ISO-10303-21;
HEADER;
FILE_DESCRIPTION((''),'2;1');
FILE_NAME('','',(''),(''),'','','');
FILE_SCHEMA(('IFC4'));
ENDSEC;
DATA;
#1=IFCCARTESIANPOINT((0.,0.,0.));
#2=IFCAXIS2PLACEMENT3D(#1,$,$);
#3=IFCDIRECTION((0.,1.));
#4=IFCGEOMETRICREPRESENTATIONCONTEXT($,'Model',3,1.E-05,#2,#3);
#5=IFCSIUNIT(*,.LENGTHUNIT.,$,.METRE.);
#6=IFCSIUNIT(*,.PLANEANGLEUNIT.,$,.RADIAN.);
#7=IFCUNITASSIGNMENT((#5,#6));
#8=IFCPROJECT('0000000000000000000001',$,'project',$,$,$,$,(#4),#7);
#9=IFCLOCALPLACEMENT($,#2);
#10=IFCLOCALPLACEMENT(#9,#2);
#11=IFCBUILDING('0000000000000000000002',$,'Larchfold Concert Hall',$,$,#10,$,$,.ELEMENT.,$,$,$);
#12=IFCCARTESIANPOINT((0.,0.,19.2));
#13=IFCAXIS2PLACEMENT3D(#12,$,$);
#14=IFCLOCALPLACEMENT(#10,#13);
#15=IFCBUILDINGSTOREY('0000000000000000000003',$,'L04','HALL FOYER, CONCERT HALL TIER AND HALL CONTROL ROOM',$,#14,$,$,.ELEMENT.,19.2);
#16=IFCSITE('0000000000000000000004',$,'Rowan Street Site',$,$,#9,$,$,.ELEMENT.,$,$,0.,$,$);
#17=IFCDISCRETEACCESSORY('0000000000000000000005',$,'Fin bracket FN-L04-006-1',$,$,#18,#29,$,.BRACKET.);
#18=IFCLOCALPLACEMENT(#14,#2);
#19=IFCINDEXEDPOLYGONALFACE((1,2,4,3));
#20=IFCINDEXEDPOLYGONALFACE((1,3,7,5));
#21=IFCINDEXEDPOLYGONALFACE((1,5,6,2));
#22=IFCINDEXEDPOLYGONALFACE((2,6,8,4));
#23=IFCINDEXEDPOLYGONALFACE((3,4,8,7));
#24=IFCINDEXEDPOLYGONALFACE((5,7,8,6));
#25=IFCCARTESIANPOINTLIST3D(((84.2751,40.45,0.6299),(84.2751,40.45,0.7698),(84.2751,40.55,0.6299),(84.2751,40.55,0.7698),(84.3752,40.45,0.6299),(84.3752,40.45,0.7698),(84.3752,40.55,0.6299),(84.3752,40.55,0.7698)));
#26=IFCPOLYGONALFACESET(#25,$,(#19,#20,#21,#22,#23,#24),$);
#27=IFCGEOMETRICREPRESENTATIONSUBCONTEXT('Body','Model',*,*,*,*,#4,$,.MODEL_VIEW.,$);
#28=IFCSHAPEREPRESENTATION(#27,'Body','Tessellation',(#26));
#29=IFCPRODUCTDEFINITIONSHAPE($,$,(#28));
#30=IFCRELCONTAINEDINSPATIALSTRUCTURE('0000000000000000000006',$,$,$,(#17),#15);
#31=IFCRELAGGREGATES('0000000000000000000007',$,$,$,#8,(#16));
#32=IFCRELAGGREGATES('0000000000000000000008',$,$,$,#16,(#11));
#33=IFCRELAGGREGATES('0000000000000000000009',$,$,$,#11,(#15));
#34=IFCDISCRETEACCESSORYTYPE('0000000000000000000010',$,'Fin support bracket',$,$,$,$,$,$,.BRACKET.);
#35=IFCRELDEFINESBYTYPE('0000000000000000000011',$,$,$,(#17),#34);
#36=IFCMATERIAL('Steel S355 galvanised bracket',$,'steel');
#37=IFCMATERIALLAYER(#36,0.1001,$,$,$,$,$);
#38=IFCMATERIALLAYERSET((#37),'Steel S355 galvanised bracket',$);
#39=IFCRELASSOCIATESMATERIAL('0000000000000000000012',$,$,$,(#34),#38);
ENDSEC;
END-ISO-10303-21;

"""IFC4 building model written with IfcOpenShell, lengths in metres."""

from ifc_helpers import new_model, si_unit, direction, frame, origin, origin_2d, place, context, subcontext, project, spatial, rectangle, extrude, material, layer, layer_set, type_object, element, save


model = new_model("IFC4")

# Units and contexts
model_context = context("Model", 3, precision=1e-05, world=origin(), true_north=direction((0.0, 1.0)))
body_context = subcontext(model_context, "Body", "Model", "MODEL_VIEW")
ifc_project = project(units=[si_unit("LENGTHUNIT", "METRE"), si_unit("PLANEANGLEUNIT", "RADIAN")], contexts=[model_context])

# Site, building, storey
site_placement = place(None, origin())
site = spatial("IfcSite", under=ifc_project, at=site_placement, Name="Rowan Street Site", CompositionType="ELEMENT", RefElevation=0.0)
building_placement = place(site_placement, origin())
building = spatial("IfcBuilding", under=site, at=building_placement, Name="Larchfold Concert Hall", CompositionType="ELEMENT")
storey_placement = place(building_placement, frame((0.0, 0.0, 19.2)))
storey = spatial("IfcBuildingStorey", under=building, at=storey_placement, Name="L04", Description="HALL FOYER, CONCERT HALL TIER AND HALL CONTROL ROOM", CompositionType="ELEMENT", Elevation=19.2)

# Discrete accessory
ifc_material_1 = material(Name="Steel S355 galvanised bracket", Category="steel")
ifc_layer_1 = layer(ifc_material_1, 0.1001)
ifc_layer_set_1 = layer_set([ifc_layer_1], Name="Steel S355 galvanised bracket")
discrete_accessory_type = type_object("IfcDiscreteAccessoryType", Name="Fin support bracket", PredefinedType="BRACKET", material=ifc_layer_set_1)
for number, where, z_axis, x_axis, name in (
    (1, (84.3252, 40.5, 0.6299), (0.0, 0.0, 1.0), (-1.0, 0.0, 0.0), "Fin bracket FN-L04-006-1"),
):
    element("IfcDiscreteAccessory", number, at=place(storey_placement, frame(where, z_axis=z_axis, x_axis=x_axis)), inside=storey, type_object=discrete_accessory_type, Name=name, PredefinedType="BRACKET", context=body_context, shape_type="SweptSolid", body=[
        extrude(rectangle(XDim=0.1001, YDim=0.1001, at=origin_2d()), origin(), (0.0, 0.0, 1.0), 0.1399),
    ])

save(model, "model.ifc")
